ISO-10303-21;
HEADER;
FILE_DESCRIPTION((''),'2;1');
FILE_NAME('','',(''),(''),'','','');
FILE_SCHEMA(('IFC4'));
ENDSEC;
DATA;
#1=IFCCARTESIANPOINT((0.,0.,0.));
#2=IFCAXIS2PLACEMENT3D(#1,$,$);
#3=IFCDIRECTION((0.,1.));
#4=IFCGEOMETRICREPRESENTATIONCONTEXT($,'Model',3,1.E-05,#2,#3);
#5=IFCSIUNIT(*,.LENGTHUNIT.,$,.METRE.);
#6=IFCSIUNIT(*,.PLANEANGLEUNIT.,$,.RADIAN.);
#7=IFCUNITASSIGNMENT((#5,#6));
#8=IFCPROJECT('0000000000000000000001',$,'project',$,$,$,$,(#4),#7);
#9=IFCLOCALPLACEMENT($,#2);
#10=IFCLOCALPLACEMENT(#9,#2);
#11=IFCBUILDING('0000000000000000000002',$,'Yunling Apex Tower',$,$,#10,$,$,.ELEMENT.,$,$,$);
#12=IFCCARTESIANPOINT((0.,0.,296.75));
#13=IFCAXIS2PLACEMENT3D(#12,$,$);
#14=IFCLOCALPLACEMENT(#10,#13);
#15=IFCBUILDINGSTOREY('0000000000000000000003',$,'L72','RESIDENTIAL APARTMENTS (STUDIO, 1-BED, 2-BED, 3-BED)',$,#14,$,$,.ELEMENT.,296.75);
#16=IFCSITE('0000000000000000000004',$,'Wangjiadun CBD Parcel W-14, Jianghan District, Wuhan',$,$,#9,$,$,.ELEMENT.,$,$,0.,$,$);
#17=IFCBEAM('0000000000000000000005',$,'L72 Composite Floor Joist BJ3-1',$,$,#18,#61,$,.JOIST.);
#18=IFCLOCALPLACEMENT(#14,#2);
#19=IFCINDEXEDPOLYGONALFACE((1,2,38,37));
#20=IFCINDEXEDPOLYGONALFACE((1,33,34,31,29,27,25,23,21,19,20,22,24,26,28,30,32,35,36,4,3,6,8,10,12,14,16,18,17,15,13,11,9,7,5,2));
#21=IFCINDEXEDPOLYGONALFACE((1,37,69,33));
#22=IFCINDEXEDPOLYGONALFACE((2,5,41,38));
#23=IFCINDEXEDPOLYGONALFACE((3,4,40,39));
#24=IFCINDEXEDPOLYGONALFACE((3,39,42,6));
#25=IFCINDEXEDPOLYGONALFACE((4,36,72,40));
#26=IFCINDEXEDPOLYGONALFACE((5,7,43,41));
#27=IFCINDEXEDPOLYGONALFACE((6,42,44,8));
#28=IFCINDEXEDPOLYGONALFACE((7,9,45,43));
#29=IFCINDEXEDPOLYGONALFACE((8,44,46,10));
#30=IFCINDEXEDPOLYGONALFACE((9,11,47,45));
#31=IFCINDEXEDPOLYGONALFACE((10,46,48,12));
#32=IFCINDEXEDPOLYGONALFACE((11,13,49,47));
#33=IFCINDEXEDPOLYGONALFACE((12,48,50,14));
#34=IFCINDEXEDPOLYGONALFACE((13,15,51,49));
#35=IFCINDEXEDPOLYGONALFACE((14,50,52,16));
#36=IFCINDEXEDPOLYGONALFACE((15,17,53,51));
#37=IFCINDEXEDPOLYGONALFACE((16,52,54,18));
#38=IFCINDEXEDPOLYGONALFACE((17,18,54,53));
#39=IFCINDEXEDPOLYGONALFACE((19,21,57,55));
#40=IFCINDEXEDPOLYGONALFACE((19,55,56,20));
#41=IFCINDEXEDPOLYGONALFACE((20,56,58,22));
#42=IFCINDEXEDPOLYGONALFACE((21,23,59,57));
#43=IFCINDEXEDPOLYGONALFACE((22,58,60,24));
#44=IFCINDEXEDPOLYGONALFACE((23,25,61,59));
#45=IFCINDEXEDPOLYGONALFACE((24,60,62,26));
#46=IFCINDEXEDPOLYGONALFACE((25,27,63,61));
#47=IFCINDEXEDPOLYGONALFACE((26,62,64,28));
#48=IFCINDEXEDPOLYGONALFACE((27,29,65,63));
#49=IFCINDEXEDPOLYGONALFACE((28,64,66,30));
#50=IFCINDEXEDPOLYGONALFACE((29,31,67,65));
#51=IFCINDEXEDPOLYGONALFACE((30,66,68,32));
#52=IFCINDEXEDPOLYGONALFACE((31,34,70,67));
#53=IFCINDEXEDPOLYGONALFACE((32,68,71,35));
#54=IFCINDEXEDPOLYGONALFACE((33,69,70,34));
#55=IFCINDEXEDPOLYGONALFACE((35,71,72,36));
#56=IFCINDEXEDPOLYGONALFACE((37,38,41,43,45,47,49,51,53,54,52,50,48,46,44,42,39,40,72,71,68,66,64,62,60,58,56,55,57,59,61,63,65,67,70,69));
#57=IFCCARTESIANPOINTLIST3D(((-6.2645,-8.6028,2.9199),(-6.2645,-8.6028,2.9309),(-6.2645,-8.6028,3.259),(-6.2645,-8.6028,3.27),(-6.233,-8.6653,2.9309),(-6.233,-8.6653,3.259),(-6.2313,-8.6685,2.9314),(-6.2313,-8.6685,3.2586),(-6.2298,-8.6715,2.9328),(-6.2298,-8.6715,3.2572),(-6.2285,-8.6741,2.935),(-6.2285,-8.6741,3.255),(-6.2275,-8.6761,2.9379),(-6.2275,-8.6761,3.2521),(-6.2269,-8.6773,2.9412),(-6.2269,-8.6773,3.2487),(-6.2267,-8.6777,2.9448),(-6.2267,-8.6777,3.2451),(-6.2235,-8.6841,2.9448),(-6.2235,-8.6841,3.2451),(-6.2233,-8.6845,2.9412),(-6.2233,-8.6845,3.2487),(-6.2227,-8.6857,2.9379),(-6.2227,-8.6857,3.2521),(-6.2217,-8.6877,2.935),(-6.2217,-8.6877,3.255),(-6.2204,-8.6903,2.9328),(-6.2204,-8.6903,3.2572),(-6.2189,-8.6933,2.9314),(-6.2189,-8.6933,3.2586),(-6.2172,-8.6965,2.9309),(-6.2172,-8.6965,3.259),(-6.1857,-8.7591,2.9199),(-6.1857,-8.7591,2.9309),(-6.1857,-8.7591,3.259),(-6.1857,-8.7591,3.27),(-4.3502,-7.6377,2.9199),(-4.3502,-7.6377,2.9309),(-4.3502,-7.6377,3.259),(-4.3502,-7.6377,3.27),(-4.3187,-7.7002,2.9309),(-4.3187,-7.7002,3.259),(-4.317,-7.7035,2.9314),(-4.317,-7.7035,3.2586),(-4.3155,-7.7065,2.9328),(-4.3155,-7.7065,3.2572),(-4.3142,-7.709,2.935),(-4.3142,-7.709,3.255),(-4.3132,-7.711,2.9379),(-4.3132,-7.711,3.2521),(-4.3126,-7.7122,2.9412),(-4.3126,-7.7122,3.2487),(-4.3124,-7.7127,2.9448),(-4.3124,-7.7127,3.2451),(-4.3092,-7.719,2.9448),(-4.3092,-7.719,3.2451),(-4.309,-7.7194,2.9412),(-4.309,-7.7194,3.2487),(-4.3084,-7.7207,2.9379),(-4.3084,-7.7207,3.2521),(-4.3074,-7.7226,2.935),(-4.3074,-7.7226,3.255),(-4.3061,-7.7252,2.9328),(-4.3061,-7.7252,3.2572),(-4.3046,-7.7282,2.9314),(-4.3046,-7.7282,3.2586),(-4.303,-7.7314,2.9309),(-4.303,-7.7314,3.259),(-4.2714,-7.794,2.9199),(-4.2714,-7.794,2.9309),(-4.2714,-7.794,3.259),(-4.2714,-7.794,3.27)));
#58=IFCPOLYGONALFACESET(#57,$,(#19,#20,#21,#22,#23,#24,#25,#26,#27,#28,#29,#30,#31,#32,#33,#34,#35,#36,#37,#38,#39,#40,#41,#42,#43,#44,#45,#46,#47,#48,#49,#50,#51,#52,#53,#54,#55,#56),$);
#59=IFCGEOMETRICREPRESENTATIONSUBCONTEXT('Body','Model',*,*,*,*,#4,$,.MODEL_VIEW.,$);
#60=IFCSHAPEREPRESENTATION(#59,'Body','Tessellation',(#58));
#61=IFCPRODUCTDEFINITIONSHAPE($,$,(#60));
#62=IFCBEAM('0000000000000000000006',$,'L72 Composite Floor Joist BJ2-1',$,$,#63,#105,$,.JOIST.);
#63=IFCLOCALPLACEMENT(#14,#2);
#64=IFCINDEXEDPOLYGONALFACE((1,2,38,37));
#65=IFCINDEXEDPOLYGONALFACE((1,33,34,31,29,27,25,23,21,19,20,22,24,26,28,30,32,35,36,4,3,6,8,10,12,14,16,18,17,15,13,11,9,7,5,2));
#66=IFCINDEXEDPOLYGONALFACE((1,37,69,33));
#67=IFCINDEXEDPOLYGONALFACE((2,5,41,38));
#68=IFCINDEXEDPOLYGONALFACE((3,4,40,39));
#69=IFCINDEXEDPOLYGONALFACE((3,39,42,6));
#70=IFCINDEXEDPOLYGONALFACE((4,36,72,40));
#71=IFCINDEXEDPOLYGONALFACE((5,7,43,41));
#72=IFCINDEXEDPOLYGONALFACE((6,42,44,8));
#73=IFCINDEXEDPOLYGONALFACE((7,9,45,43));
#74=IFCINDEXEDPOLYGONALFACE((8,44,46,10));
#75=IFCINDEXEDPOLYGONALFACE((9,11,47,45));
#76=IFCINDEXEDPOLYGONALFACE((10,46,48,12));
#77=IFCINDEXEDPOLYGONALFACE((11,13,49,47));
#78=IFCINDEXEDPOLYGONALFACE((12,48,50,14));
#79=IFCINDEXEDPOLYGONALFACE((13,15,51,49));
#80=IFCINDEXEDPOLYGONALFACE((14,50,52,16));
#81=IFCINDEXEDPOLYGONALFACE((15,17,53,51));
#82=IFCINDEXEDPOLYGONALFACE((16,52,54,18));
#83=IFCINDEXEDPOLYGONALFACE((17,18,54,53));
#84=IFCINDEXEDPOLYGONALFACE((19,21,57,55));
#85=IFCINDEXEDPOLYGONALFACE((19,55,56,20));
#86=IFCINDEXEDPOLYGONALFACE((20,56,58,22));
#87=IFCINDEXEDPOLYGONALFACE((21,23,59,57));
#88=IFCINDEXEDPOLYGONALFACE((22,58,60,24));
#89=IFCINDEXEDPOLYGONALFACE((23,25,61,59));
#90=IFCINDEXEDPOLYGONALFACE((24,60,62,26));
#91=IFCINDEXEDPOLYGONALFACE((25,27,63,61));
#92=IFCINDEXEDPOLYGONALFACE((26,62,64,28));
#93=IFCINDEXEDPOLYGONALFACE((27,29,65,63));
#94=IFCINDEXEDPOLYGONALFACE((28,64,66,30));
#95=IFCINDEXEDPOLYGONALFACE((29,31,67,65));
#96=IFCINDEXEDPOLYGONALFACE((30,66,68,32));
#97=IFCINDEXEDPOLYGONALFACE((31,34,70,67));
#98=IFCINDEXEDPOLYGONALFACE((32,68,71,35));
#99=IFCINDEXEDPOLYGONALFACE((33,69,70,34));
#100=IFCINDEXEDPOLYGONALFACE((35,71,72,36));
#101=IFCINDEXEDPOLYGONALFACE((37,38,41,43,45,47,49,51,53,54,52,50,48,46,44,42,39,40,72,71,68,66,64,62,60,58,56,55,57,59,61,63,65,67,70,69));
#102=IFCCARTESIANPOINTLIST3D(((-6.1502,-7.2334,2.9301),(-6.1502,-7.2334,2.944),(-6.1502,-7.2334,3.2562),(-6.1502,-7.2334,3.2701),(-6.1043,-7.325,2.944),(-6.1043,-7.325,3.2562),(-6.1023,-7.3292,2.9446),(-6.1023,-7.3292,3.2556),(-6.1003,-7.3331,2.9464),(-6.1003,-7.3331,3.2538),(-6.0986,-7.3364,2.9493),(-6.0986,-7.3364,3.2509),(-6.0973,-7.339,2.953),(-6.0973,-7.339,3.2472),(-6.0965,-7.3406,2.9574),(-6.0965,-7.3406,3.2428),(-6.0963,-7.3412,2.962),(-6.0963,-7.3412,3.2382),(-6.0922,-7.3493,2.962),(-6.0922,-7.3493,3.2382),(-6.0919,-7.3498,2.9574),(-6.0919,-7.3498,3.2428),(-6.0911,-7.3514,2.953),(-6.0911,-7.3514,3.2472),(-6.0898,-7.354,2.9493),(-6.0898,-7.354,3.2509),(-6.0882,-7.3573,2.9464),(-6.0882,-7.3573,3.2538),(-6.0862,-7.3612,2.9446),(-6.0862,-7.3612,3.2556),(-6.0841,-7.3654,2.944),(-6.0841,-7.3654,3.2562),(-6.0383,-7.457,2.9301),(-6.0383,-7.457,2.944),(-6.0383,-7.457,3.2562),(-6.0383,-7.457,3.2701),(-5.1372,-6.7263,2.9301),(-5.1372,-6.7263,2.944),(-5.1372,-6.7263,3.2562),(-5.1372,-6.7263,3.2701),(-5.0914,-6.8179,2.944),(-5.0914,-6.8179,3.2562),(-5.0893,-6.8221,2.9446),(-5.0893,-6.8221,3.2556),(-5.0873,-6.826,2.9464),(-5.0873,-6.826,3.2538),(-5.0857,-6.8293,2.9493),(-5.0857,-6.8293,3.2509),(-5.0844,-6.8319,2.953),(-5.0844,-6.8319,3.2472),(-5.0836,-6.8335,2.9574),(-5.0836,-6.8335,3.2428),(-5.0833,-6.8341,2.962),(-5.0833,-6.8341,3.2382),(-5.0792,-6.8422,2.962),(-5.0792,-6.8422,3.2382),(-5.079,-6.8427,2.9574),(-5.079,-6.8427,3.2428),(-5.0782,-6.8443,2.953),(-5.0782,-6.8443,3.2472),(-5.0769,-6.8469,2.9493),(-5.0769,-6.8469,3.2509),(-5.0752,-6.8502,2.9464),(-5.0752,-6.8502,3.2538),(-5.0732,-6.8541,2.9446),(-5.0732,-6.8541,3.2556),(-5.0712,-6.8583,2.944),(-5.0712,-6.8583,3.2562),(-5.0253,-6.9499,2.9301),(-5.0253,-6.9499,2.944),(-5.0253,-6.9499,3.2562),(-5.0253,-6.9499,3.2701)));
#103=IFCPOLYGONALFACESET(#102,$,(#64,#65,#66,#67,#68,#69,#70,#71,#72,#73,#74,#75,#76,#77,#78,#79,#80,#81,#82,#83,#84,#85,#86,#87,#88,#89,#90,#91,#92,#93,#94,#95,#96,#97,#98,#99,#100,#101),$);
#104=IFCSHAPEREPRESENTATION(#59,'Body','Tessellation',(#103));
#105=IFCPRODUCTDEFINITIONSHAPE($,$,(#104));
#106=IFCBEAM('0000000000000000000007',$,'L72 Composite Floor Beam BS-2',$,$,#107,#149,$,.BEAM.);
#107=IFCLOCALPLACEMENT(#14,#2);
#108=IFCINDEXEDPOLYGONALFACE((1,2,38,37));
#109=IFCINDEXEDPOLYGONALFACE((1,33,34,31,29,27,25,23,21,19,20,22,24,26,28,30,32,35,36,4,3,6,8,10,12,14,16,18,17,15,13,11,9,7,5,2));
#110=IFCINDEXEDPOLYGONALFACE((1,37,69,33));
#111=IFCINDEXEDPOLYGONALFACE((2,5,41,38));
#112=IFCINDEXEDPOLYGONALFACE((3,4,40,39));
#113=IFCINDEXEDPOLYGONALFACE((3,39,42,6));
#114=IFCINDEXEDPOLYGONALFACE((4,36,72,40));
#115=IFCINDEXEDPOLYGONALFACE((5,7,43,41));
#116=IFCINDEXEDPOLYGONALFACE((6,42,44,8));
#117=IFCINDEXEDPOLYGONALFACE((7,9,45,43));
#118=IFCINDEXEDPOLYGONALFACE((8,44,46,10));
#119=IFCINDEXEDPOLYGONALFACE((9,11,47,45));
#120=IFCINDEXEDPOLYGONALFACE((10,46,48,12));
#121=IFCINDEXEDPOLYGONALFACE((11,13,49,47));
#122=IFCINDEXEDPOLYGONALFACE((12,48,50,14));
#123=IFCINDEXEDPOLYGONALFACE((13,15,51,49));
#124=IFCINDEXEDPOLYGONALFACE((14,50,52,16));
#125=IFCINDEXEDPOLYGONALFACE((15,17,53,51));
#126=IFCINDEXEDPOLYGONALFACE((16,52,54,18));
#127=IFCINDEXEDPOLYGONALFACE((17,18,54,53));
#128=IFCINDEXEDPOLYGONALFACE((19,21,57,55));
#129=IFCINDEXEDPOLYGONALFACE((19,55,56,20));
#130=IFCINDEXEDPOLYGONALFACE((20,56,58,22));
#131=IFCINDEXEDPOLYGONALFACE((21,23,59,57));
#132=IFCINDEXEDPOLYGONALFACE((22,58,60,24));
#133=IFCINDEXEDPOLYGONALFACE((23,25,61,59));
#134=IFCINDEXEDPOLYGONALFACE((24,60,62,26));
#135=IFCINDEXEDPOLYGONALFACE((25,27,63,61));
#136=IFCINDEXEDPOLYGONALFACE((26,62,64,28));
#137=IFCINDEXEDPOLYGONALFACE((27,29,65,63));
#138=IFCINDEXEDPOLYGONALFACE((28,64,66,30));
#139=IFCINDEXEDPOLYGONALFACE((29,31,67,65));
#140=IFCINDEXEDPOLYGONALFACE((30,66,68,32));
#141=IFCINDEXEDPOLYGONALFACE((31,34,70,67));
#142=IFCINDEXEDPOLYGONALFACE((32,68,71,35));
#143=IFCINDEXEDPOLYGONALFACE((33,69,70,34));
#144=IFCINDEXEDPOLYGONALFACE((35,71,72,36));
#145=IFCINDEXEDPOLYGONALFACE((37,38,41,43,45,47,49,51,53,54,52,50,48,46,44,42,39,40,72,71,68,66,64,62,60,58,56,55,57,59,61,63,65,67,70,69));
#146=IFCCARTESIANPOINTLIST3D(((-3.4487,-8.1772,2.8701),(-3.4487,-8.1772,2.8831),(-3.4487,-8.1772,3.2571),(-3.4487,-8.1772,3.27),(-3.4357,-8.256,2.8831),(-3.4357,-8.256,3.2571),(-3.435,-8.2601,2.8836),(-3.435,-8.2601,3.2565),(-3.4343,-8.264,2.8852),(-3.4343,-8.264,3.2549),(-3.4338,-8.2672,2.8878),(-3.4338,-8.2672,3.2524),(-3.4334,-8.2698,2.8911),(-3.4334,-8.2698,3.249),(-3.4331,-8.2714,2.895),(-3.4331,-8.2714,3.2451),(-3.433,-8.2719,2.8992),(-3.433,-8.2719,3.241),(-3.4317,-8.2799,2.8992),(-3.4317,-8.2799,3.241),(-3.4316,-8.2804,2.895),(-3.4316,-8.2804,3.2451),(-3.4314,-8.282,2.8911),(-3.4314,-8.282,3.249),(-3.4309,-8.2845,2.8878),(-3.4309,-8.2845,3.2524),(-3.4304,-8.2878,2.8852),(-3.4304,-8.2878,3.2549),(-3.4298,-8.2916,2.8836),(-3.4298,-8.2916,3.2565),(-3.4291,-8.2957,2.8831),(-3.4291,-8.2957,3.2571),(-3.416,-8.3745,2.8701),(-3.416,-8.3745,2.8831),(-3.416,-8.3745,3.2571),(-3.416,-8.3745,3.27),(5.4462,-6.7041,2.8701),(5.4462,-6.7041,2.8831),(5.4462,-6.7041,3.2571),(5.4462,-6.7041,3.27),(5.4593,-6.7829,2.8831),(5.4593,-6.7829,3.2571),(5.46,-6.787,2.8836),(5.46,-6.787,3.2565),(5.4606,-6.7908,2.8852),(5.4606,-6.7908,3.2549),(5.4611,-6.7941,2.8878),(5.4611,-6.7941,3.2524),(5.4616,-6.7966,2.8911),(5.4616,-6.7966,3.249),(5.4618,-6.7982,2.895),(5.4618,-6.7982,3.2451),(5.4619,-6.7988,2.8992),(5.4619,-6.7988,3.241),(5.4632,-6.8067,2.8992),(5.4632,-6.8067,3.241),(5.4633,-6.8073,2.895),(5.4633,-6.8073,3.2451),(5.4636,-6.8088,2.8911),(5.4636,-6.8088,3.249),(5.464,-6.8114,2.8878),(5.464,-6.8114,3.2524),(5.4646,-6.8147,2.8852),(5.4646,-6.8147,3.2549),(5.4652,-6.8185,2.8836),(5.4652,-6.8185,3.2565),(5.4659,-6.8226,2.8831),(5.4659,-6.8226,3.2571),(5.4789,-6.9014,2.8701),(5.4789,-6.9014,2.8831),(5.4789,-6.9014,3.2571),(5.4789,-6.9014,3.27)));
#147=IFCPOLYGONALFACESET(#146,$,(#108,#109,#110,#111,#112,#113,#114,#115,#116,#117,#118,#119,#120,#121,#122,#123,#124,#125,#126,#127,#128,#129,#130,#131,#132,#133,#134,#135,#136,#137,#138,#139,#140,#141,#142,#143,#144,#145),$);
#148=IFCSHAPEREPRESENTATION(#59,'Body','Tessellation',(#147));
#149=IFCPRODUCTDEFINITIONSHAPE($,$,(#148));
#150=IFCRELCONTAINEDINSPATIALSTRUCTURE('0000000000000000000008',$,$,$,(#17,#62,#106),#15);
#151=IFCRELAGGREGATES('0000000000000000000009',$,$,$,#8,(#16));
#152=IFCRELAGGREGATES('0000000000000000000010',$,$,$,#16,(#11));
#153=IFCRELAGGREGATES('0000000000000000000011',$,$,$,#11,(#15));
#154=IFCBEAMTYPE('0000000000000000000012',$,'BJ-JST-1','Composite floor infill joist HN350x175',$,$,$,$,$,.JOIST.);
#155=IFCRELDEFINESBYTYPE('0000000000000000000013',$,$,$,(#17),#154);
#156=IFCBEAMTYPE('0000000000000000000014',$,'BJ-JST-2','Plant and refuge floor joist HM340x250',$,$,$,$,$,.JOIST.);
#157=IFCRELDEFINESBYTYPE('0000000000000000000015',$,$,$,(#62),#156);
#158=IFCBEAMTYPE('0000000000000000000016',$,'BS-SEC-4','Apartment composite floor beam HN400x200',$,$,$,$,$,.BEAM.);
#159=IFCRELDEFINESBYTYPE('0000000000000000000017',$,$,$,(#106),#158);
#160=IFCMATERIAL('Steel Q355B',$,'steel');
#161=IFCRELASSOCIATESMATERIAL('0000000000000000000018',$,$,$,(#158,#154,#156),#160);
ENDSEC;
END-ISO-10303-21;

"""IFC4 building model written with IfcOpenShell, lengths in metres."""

from ifc_helpers import new_model, si_unit, direction, frame, origin, origin_2d, place, context, subcontext, project, spatial, i_section, extrude, source, transform, mapped, material, material_profile, profile_set, type_object, element, save


model = new_model("IFC4")

# Units and contexts
model_context = context("Model", 3, precision=1e-05, world=origin(), true_north=direction((0.0, 1.0)))
body_context = subcontext(model_context, "Body", "Model", "MODEL_VIEW")
ifc_project = project(units=[si_unit("LENGTHUNIT", "METRE"), si_unit("PLANEANGLEUNIT", "RADIAN")], contexts=[model_context])

# Site, building, storey
site_placement = place(None, origin())
site = spatial("IfcSite", under=ifc_project, at=site_placement, Name="Wangjiadun CBD Parcel W-14, Jianghan District, Wuhan", CompositionType="ELEMENT", RefElevation=0.0)
building_placement = place(site_placement, origin())
building = spatial("IfcBuilding", under=site, at=building_placement, Name="Yunling Apex Tower", CompositionType="ELEMENT")
storey_placement = place(building_placement, frame((0.0, 0.0, 296.75)))
storey = spatial("IfcBuildingStorey", under=building, at=storey_placement, Name="L72", Description="RESIDENTIAL APARTMENTS (STUDIO, 1-BED, 2-BED, 3-BED)", CompositionType="ELEMENT", Elevation=296.75)

# Shared definitions
ifc_material_1 = material(Name="Steel Q355B", Category="steel")

# Beams
ifc_material_profile_1 = material_profile(ifc_material_1, i_section(OverallWidth=0.2, OverallDepth=0.3999, WebThickness=0.0081, FlangeThickness=0.0129, FilletRadius=0.0161, at=origin_2d()))
ifc_profile_set_1 = profile_set([ifc_material_profile_1], Name="Steel Q355B")
beam_type_1 = type_object("IfcBeamType", Name="BS-SEC-4", Description="Apartment composite floor beam HN400x200", PredefinedType="BEAM", material=ifc_profile_set_1)
ifc_material_profile_2 = material_profile(ifc_material_1, i_section(OverallWidth=0.175, OverallDepth=0.3501, WebThickness=0.0071, FlangeThickness=0.011, FilletRadius=0.0139, at=origin_2d()))
ifc_profile_set_2 = profile_set([ifc_material_profile_2], Name="Steel Q355B")
beam_type_2 = type_object("IfcBeamType", Name="BJ-JST-1", Description="Composite floor infill joist HN350x175", PredefinedType="JOIST", material=ifc_profile_set_2)
shared_shape_1 = source(origin(), body_context, "Body", "SweptSolid", [
    extrude(i_section(OverallWidth=0.175, OverallDepth=0.3501, WebThickness=0.0071, FlangeThickness=0.011, FilletRadius=0.0139, at=origin_2d()), origin(), (0.0, 0.0, 1.0), 2.1438),
])
beam_1_placement = place(storey_placement, frame((-6.2251, -8.6809, 3.095), z_axis=(0.892942, 0.450172, 0.0), x_axis=(-0.450172, 0.892942, 0.0)))
element("IfcBeam", 1, at=beam_1_placement, inside=storey, type_object=beam_type_2, Name="L72 Composite Floor Joist BJ3-1", PredefinedType="JOIST", context=body_context, shape_type="MappedRepresentation", body=[
    mapped(shared_shape_1, transform((0.0, 0.0, 0.0), scale=1.0)),
])
ifc_material_profile_3 = material_profile(ifc_material_1, i_section(OverallWidth=0.25, OverallDepth=0.3401, WebThickness=0.009, FlangeThickness=0.0139, FilletRadius=0.0181, at=origin_2d()))
ifc_profile_set_3 = profile_set([ifc_material_profile_3], Name="Steel Q355B")
beam_type_3 = type_object("IfcBeamType", Name="BJ-JST-2", Description="Plant and refuge floor joist HM340x250", PredefinedType="JOIST", material=ifc_profile_set_3)
shared_shape_2 = source(origin(), body_context, "Body", "SweptSolid", [
    extrude(i_section(OverallWidth=0.25, OverallDepth=0.3401, WebThickness=0.009, FlangeThickness=0.0139, FilletRadius=0.0181, at=origin_2d()), origin(), (0.0, 0.0, 1.0), 1.1328),
])
beam_2_placement = place(storey_placement, frame((-6.0942, -7.3452, 3.1001), z_axis=(0.894212, 0.447645, 0.0), x_axis=(-0.447645, 0.894212, 0.0)))
element("IfcBeam", 2, at=beam_2_placement, inside=storey, type_object=beam_type_3, Name="L72 Composite Floor Joist BJ2-1", PredefinedType="JOIST", context=body_context, shape_type="MappedRepresentation", body=[
    mapped(shared_shape_2, transform((0.0, 0.0, 0.0), scale=1.0)),
])
shared_shape_3 = source(origin(), body_context, "Body", "SweptSolid", [
    extrude(i_section(OverallWidth=0.2, OverallDepth=0.3999, WebThickness=0.0081, FlangeThickness=0.0129, FilletRadius=0.0161, at=origin_2d()), origin(), (0.0, 0.0, 1.0), 9.0161),
])
beam_3_placement = place(storey_placement, frame((-3.4324, -8.2759, 3.0701), z_axis=(0.986562, 0.163389, 0.0), x_axis=(-0.163389, 0.986562, 0.0)))
element("IfcBeam", 3, at=beam_3_placement, inside=storey, type_object=beam_type_1, Name="L72 Composite Floor Beam BS-2", PredefinedType="BEAM", context=body_context, shape_type="MappedRepresentation", body=[
    mapped(shared_shape_3, transform((0.0, 0.0, 0.0), scale=1.0)),
])

save(model, "model.ifc")
